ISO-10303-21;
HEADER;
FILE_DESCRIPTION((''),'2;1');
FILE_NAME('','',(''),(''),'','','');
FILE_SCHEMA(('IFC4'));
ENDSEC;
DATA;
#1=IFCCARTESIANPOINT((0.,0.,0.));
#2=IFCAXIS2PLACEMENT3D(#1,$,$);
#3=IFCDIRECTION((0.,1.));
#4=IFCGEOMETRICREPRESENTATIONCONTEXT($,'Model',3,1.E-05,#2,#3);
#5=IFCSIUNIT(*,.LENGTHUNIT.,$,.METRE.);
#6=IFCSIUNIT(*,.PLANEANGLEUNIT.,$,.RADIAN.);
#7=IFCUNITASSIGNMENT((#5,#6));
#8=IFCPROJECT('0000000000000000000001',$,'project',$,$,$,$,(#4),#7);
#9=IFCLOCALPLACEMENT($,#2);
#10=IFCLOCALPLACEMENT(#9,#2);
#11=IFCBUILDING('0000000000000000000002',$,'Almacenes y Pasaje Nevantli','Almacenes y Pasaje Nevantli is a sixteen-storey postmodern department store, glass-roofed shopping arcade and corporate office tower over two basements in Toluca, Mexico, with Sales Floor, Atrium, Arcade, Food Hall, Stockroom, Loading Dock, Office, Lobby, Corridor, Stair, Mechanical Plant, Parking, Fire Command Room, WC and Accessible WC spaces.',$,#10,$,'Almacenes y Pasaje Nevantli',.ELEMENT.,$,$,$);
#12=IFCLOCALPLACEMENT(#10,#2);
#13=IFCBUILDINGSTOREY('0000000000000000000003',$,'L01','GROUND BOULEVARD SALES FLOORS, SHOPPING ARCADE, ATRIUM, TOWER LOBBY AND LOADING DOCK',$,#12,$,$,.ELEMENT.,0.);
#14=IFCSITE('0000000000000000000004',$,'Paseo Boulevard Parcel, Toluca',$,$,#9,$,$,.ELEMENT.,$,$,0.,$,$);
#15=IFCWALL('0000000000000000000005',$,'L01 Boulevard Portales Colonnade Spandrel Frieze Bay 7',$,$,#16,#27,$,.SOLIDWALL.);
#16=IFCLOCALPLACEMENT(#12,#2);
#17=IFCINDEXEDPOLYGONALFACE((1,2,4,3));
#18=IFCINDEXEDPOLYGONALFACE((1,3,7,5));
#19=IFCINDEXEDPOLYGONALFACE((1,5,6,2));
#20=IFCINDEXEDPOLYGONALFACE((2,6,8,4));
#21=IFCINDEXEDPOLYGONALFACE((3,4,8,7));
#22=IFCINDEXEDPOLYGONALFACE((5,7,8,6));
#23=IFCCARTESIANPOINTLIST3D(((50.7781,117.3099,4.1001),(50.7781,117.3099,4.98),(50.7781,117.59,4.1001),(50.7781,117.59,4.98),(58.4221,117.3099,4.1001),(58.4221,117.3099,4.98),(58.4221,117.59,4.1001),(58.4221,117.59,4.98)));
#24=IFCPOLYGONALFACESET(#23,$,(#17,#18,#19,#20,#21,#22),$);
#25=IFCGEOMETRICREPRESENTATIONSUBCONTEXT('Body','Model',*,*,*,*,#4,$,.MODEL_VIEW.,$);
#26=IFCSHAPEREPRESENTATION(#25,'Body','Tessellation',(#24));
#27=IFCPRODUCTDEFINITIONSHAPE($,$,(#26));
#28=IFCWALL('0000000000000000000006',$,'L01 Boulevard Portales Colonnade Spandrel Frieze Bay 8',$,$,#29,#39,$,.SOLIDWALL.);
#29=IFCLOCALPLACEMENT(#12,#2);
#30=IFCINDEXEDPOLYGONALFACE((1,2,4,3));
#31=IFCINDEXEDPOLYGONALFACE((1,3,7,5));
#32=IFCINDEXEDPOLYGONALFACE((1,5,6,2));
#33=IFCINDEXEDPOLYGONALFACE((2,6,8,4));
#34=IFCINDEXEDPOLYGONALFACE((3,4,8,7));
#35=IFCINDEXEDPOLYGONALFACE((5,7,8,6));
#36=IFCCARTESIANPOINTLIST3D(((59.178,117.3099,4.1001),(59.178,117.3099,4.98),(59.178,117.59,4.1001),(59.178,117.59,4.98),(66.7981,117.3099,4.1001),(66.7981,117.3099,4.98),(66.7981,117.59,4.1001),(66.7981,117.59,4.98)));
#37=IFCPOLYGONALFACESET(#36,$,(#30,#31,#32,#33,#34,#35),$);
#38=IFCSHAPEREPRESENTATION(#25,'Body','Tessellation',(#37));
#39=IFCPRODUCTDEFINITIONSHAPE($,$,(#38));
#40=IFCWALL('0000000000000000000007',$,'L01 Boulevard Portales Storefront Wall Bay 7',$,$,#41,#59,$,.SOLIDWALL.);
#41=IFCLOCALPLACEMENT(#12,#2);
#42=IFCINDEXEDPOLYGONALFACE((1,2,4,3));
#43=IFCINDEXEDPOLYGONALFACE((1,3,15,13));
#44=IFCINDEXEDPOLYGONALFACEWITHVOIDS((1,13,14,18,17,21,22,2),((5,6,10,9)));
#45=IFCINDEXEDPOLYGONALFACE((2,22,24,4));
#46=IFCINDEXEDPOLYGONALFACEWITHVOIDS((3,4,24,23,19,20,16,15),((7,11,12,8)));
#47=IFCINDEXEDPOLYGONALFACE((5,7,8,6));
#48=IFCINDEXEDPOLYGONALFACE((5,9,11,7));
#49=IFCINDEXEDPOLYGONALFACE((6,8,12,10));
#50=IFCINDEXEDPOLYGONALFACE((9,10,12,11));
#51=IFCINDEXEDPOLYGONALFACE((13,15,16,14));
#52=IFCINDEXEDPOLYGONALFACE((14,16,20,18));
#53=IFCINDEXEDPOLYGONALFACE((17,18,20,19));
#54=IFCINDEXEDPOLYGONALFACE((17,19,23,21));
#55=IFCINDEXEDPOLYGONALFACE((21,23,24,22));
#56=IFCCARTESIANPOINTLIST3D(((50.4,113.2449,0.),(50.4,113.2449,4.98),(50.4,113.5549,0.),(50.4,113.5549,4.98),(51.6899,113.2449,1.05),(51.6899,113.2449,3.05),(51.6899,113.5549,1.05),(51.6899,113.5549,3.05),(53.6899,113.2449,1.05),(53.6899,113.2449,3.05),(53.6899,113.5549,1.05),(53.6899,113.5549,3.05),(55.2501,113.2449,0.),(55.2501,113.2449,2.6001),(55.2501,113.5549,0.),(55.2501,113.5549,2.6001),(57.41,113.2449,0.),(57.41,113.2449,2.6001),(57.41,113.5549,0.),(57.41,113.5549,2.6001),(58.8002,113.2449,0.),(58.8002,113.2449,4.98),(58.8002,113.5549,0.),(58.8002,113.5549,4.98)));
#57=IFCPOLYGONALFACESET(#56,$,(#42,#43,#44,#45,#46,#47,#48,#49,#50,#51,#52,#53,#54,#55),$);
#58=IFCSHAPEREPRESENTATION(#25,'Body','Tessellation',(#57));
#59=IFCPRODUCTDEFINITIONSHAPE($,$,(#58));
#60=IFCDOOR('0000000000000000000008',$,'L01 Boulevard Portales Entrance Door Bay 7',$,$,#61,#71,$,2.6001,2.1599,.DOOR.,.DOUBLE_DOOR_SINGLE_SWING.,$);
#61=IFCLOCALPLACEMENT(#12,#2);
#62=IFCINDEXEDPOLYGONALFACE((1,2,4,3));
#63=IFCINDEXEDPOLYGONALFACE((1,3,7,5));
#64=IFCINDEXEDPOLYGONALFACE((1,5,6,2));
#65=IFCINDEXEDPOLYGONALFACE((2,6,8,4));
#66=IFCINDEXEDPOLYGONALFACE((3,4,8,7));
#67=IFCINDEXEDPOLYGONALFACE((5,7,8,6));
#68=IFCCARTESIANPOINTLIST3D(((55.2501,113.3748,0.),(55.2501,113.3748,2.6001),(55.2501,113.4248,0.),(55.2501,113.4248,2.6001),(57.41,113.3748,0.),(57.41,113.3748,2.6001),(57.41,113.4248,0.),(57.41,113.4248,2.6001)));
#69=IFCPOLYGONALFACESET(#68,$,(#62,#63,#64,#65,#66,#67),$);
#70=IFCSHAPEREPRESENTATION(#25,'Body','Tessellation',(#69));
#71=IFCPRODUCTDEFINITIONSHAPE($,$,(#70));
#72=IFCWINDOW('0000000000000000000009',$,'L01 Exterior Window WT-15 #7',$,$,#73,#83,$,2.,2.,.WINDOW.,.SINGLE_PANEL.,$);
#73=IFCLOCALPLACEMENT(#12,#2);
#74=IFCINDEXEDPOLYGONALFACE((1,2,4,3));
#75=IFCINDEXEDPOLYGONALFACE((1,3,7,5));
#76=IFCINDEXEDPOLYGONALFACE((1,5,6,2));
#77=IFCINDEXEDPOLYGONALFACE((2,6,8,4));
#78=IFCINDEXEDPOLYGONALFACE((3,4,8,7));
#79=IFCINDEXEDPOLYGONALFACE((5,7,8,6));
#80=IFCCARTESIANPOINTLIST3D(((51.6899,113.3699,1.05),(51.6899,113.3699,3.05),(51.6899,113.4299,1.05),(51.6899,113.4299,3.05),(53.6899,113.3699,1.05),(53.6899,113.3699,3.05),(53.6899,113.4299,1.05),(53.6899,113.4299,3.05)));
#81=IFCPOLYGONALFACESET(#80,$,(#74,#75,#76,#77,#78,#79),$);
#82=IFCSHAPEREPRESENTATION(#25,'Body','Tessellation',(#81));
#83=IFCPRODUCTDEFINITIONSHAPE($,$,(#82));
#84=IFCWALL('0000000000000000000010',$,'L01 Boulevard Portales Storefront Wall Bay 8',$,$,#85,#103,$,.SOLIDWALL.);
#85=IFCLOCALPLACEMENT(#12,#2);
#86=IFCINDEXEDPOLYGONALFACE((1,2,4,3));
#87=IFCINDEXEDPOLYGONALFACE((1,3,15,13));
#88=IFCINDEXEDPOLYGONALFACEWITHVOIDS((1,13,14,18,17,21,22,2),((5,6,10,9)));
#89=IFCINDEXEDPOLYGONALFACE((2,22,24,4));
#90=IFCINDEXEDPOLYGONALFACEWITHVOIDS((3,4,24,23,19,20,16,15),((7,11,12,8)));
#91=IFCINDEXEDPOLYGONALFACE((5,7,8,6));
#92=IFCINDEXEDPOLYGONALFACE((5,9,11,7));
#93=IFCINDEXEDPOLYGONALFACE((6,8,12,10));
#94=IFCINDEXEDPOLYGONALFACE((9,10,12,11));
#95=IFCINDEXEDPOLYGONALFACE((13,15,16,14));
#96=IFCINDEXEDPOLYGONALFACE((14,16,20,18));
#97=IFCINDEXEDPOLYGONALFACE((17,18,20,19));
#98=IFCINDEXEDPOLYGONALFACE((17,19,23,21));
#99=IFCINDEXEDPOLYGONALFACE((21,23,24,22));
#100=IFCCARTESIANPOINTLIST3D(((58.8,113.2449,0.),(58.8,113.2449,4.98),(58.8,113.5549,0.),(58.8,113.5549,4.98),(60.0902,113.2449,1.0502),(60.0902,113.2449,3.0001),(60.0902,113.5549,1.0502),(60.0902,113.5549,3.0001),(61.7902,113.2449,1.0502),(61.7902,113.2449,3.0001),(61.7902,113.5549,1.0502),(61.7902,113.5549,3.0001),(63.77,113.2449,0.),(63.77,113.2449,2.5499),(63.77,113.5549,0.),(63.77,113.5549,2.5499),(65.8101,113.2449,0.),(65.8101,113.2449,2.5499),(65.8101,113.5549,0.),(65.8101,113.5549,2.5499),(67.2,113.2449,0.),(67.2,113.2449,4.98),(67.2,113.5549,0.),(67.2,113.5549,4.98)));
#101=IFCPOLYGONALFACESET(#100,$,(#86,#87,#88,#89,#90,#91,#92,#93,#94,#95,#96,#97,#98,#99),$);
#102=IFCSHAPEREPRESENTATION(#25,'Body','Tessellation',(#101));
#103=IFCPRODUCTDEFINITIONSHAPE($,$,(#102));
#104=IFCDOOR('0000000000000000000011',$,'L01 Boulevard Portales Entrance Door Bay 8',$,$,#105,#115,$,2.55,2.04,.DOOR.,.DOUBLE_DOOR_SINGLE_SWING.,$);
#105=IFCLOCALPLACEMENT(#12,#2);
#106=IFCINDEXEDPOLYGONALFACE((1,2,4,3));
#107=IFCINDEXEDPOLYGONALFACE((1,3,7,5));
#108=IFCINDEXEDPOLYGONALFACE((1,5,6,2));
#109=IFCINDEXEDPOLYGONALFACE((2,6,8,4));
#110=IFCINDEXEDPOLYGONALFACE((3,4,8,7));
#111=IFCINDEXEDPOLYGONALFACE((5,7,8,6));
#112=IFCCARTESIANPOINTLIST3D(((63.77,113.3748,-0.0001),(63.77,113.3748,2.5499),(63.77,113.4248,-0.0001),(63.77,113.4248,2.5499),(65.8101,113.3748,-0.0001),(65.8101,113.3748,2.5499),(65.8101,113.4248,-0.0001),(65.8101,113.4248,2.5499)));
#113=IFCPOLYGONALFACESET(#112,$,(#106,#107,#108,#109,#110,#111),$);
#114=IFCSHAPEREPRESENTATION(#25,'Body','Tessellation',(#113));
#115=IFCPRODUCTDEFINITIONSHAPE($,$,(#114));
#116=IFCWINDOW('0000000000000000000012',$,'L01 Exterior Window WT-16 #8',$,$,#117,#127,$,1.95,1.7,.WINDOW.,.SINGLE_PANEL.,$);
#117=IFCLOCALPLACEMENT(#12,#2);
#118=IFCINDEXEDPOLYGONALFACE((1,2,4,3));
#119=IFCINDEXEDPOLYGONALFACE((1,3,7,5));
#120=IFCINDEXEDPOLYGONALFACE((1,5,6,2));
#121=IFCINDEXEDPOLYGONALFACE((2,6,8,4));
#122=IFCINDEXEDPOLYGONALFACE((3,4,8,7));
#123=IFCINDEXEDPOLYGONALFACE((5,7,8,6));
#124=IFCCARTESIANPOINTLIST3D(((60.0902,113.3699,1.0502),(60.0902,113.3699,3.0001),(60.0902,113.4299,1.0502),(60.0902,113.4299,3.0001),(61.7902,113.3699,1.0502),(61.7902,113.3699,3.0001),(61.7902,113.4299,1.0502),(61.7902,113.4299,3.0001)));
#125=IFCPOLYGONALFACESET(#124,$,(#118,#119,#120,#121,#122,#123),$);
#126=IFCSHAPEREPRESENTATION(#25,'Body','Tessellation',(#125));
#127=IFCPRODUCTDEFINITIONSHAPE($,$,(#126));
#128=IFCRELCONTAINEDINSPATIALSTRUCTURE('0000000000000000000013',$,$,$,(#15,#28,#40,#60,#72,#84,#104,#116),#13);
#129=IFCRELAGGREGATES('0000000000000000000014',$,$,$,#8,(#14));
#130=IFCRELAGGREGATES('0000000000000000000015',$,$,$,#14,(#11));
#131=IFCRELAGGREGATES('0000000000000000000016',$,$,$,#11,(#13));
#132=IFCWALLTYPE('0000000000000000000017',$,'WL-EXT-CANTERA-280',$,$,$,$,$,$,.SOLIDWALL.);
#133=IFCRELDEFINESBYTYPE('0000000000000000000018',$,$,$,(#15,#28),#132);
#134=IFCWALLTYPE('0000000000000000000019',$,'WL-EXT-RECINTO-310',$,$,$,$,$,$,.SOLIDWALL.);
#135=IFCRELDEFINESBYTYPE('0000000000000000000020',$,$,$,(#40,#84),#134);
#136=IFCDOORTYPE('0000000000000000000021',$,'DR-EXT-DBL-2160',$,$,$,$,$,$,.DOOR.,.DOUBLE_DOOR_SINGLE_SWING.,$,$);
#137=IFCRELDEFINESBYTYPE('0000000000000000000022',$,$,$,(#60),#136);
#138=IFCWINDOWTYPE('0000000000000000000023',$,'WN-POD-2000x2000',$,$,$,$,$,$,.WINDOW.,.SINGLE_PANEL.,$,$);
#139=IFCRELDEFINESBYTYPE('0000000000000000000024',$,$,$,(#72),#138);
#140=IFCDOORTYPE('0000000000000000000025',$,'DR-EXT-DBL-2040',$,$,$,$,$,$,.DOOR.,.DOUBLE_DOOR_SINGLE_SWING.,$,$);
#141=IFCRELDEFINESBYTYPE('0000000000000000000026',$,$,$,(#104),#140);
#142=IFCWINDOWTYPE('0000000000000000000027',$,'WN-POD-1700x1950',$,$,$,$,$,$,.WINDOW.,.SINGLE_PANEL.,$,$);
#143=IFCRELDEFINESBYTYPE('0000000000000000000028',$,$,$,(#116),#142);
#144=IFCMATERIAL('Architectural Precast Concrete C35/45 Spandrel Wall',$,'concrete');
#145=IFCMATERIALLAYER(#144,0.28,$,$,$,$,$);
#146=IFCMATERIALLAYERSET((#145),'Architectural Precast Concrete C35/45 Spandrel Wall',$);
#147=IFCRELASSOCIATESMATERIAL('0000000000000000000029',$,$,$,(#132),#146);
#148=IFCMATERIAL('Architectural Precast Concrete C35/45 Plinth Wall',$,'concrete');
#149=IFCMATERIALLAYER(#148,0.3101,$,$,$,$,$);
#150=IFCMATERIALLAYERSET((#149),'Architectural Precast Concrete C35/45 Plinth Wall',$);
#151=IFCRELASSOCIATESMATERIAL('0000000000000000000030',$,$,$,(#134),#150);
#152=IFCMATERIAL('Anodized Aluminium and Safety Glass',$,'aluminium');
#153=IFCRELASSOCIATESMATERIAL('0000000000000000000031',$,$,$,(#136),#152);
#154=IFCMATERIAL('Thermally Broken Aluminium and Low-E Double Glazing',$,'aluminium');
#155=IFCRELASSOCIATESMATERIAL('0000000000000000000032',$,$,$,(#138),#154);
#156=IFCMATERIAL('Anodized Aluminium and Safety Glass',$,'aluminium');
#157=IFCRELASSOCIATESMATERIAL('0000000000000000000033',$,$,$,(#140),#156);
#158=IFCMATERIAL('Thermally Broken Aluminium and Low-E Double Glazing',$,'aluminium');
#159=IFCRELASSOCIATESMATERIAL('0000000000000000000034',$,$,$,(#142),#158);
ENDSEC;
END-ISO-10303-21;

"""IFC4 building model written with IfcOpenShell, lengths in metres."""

from ifc_helpers import new_model, si_unit, direction, frame, frame_2d, origin, place, context, subcontext, project, spatial, rectangle, extrude, material, layer, layer_set, type_object, element, fill, save


model = new_model("IFC4")

# Units and contexts
model_context = context("Model", 3, precision=1e-05, world=origin(), true_north=direction((0.0, 1.0)))
body_context = subcontext(model_context, "Body", "Model", "MODEL_VIEW")
ifc_project = project(units=[si_unit("LENGTHUNIT", "METRE"), si_unit("PLANEANGLEUNIT", "RADIAN")], contexts=[model_context])

# Site, building, storey
site_placement = place(None, origin())
site = spatial("IfcSite", under=ifc_project, at=site_placement, Name="Paseo Boulevard Parcel, Toluca", CompositionType="ELEMENT", RefElevation=0.0)
building_placement = place(site_placement, origin())
building = spatial("IfcBuilding", under=site, at=building_placement, Name="Almacenes y Pasaje Nevantli", Description="Almacenes y Pasaje Nevantli is a sixteen-storey postmodern department store, glass-roofed shopping arcade and corporate office tower over two basements in Toluca, Mexico, with Sales Floor, Atrium, Arcade, Food Hall, Stockroom, Loading Dock, Office, Lobby, Corridor, Stair, Mechanical Plant, Parking, Fire Command Room, WC and Accessible WC spaces.", LongName="Almacenes y Pasaje Nevantli", CompositionType="ELEMENT")
storey_placement = place(building_placement, origin())
storey = spatial("IfcBuildingStorey", under=building, at=storey_placement, Name="L01", Description="GROUND BOULEVARD SALES FLOORS, SHOPPING ARCADE, ATRIUM, TOWER LOBBY AND LOADING DOCK", CompositionType="ELEMENT", Elevation=0.0)

# Walls
ifc_material_1 = material(Name="Architectural Precast Concrete C35/45 Spandrel Wall", Category="concrete")
ifc_layer_1 = layer(ifc_material_1, 0.28)
ifc_layer_set_1 = layer_set([ifc_layer_1], Name="Architectural Precast Concrete C35/45 Spandrel Wall")
wall_type_1 = type_object("IfcWallType", Name="WL-EXT-CANTERA-280", PredefinedType="SOLIDWALL", material=ifc_layer_set_1)
wall_1_placement = place(storey_placement, frame((50.7781, 117.45, 4.1001), z_axis=(0.0, 0.0, 1.0), x_axis=(1.0, 0.0, 0.0)))
element("IfcWall", 1, at=wall_1_placement, inside=storey, type_object=wall_type_1, Name="L01 Boulevard Portales Colonnade Spandrel Frieze Bay 7", PredefinedType="SOLIDWALL", context=body_context, shape_type="SweptSolid", body=[
    extrude(rectangle(XDim=7.644, YDim=0.28, at=frame_2d((3.822, 0.0))), origin(), (0.0, 0.0, 1.0), 0.8799),
])
wall_2_placement = place(storey_placement, frame((59.178, 117.45, 4.1001), z_axis=(0.0, 0.0, 1.0), x_axis=(1.0, 0.0, 0.0)))
element("IfcWall", 2, at=wall_2_placement, inside=storey, type_object=wall_type_1, Name="L01 Boulevard Portales Colonnade Spandrel Frieze Bay 8", PredefinedType="SOLIDWALL", context=body_context, shape_type="SweptSolid", body=[
    extrude(rectangle(XDim=7.6201, YDim=0.28, at=frame_2d((3.8101, 0.0))), origin(), (0.0, 0.0, 1.0), 0.8799),
])

# Walls, openings, doors, windows
ifc_material_2 = material(Name="Architectural Precast Concrete C35/45 Plinth Wall", Category="concrete")
ifc_layer_2 = layer(ifc_material_2, 0.3101)
ifc_layer_set_2 = layer_set([ifc_layer_2], Name="Architectural Precast Concrete C35/45 Plinth Wall")
wall_type_2 = type_object("IfcWallType", Name="WL-EXT-RECINTO-310", PredefinedType="SOLIDWALL", material=ifc_layer_set_2)
wall_3_placement = place(storey_placement, frame((50.3999, 113.3999, 0.0), z_axis=(0.0, 0.0, 1.0), x_axis=(1.0, 0.0, 0.0)))
wall_3 = element("IfcWall", 3, at=wall_3_placement, inside=storey, type_object=wall_type_2, Name="L01 Boulevard Portales Storefront Wall Bay 7", PredefinedType="SOLIDWALL", context=body_context, shape_type="SweptSolid", body=[
    extrude(rectangle(XDim=8.4001, YDim=0.3101, at=frame_2d((4.2002, 0.0))), origin(), (0.0, 0.0, 1.0), 4.98),
])
opening_1_placement = place(wall_3_placement, frame((1.29, 0.0, 1.05)))
opening_1 = element("IfcOpeningElement", 4, at=opening_1_placement, cuts=wall_3, PredefinedType="OPENING", context=body_context, shape_type="SweptSolid", body=[
    extrude(rectangle(XDim=2.0, YDim=2.0, at=frame_2d((1.0, 1.0))), frame((0.0, 0.165, 0.0), z_axis=(0.0, -1.0, 0.0), x_axis=(1.0, 0.0, 0.0)), (0.0, 0.0, 1.0), 0.3301),
])
opening_2_placement = place(wall_3_placement, frame((4.8501, 0.0, 0.0)))
opening_2 = element("IfcOpeningElement", 5, at=opening_2_placement, cuts=wall_3, PredefinedType="OPENING", context=body_context, shape_type="SweptSolid", body=[
    extrude(rectangle(XDim=2.1599, YDim=2.6001, at=frame_2d((1.0801, 1.3))), frame((0.0, 0.165, 0.0), z_axis=(0.0, -1.0, 0.0), x_axis=(1.0, 0.0, 0.0)), (0.0, 0.0, 1.0), 0.3301),
])
ifc_material_3 = material(Name="Anodized Aluminium and Safety Glass", Category="aluminium")
door_type_1 = type_object("IfcDoorType", Name="DR-EXT-DBL-2160", OperationType="DOUBLE_DOOR_SINGLE_SWING", PredefinedType="DOOR", material=ifc_material_3)
door_1_placement = place(opening_2_placement, origin())
door_1 = element("IfcDoor", 6, at=door_1_placement, inside=storey, type_object=door_type_1, Name="L01 Boulevard Portales Entrance Door Bay 7", OperationType="DOUBLE_DOOR_SINGLE_SWING", OverallHeight=2.6001, OverallWidth=2.1599, PredefinedType="DOOR", context=body_context, shape_type="SweptSolid", body=[
    extrude(rectangle(XDim=2.1599, YDim=2.6001, at=frame_2d((1.0801, 1.3))), frame((0.0, 0.0249, 0.0), z_axis=(0.0, -1.0, 0.0), x_axis=(1.0, 0.0, 0.0)), (0.0, 0.0, 1.0), 0.05),
])
fill(opening_2, door_1)
ifc_material_4 = material(Name="Thermally Broken Aluminium and Low-E Double Glazing", Category="aluminium")
window_type_1 = type_object("IfcWindowType", Name="WN-POD-2000x2000", PartitioningType="SINGLE_PANEL", PredefinedType="WINDOW", material=ifc_material_4)
window_1_placement = place(opening_1_placement, origin())
window_1 = element("IfcWindow", 7, at=window_1_placement, inside=storey, type_object=window_type_1, Name="L01 Exterior Window WT-15 #7", OverallHeight=2.0, OverallWidth=2.0, PartitioningType="SINGLE_PANEL", PredefinedType="WINDOW", context=body_context, shape_type="SweptSolid", body=[
    extrude(rectangle(XDim=2.0, YDim=2.0, at=frame_2d((1.0, 1.0))), frame((0.0, 0.03, 0.0), z_axis=(0.0, -1.0, 0.0), x_axis=(1.0, 0.0, 0.0)), (0.0, 0.0, 1.0), 0.0601),
])
fill(opening_1, window_1)
wall_4_placement = place(storey_placement, frame((58.8, 113.3999, 0.0), z_axis=(0.0, 0.0, 1.0), x_axis=(1.0, 0.0, 0.0)))
wall_4 = element("IfcWall", 8, at=wall_4_placement, inside=storey, type_object=wall_type_2, Name="L01 Boulevard Portales Storefront Wall Bay 8", PredefinedType="SOLIDWALL", context=body_context, shape_type="SweptSolid", body=[
    extrude(rectangle(XDim=8.3999, YDim=0.3101, at=frame_2d((4.2, 0.0))), origin(), (0.0, 0.0, 1.0), 4.98),
])
opening_3_placement = place(wall_4_placement, frame((1.29, 0.0, 1.05)))
opening_3 = element("IfcOpeningElement", 9, at=opening_3_placement, cuts=wall_4, PredefinedType="OPENING", context=body_context, shape_type="SweptSolid", body=[
    extrude(rectangle(XDim=1.7, YDim=1.95, at=frame_2d((0.8501, 0.9751))), frame((0.0, 0.165, 0.0), z_axis=(0.0, -1.0, 0.0), x_axis=(1.0, 0.0, 0.0)), (0.0, 0.0, 1.0), 0.3301),
])
opening_4_placement = place(wall_4_placement, frame((4.97, 0.0, 0.0)))
opening_4 = element("IfcOpeningElement", 10, at=opening_4_placement, cuts=wall_4, PredefinedType="OPENING", context=body_context, shape_type="SweptSolid", body=[
    extrude(rectangle(XDim=2.04, YDim=2.55, at=frame_2d((1.02, 1.2749))), frame((0.0, 0.165, 0.0), z_axis=(0.0, -1.0, 0.0), x_axis=(1.0, 0.0, 0.0)), (0.0, 0.0, 1.0), 0.3301),
])
ifc_material_5 = material(Name="Anodized Aluminium and Safety Glass", Category="aluminium")
door_type_2 = type_object("IfcDoorType", Name="DR-EXT-DBL-2040", OperationType="DOUBLE_DOOR_SINGLE_SWING", PredefinedType="DOOR", material=ifc_material_5)
door_2_placement = place(opening_4_placement, origin())
door_2 = element("IfcDoor", 11, at=door_2_placement, inside=storey, type_object=door_type_2, Name="L01 Boulevard Portales Entrance Door Bay 8", OperationType="DOUBLE_DOOR_SINGLE_SWING", OverallHeight=2.55, OverallWidth=2.04, PredefinedType="DOOR", context=body_context, shape_type="SweptSolid", body=[
    extrude(rectangle(XDim=2.04, YDim=2.55, at=frame_2d((1.02, 1.2749))), frame((0.0, 0.0249, 0.0), z_axis=(0.0, -1.0, 0.0), x_axis=(1.0, 0.0, 0.0)), (0.0, 0.0, 1.0), 0.05),
])
fill(opening_4, door_2)
ifc_material_6 = material(Name="Thermally Broken Aluminium and Low-E Double Glazing", Category="aluminium")
window_type_2 = type_object("IfcWindowType", Name="WN-POD-1700x1950", PartitioningType="SINGLE_PANEL", PredefinedType="WINDOW", material=ifc_material_6)
window_2_placement = place(opening_3_placement, origin())
window_2 = element("IfcWindow", 12, at=window_2_placement, inside=storey, type_object=window_type_2, Name="L01 Exterior Window WT-16 #8", OverallHeight=1.95, OverallWidth=1.7, PartitioningType="SINGLE_PANEL", PredefinedType="WINDOW", context=body_context, shape_type="SweptSolid", body=[
    extrude(rectangle(XDim=1.7, YDim=1.95, at=frame_2d((0.8501, 0.9751))), frame((0.0, 0.03, 0.0), z_axis=(0.0, -1.0, 0.0), x_axis=(1.0, 0.0, 0.0)), (0.0, 0.0, 1.0), 0.0601),
])
fill(opening_3, window_2)

save(model, "model.ifc")
